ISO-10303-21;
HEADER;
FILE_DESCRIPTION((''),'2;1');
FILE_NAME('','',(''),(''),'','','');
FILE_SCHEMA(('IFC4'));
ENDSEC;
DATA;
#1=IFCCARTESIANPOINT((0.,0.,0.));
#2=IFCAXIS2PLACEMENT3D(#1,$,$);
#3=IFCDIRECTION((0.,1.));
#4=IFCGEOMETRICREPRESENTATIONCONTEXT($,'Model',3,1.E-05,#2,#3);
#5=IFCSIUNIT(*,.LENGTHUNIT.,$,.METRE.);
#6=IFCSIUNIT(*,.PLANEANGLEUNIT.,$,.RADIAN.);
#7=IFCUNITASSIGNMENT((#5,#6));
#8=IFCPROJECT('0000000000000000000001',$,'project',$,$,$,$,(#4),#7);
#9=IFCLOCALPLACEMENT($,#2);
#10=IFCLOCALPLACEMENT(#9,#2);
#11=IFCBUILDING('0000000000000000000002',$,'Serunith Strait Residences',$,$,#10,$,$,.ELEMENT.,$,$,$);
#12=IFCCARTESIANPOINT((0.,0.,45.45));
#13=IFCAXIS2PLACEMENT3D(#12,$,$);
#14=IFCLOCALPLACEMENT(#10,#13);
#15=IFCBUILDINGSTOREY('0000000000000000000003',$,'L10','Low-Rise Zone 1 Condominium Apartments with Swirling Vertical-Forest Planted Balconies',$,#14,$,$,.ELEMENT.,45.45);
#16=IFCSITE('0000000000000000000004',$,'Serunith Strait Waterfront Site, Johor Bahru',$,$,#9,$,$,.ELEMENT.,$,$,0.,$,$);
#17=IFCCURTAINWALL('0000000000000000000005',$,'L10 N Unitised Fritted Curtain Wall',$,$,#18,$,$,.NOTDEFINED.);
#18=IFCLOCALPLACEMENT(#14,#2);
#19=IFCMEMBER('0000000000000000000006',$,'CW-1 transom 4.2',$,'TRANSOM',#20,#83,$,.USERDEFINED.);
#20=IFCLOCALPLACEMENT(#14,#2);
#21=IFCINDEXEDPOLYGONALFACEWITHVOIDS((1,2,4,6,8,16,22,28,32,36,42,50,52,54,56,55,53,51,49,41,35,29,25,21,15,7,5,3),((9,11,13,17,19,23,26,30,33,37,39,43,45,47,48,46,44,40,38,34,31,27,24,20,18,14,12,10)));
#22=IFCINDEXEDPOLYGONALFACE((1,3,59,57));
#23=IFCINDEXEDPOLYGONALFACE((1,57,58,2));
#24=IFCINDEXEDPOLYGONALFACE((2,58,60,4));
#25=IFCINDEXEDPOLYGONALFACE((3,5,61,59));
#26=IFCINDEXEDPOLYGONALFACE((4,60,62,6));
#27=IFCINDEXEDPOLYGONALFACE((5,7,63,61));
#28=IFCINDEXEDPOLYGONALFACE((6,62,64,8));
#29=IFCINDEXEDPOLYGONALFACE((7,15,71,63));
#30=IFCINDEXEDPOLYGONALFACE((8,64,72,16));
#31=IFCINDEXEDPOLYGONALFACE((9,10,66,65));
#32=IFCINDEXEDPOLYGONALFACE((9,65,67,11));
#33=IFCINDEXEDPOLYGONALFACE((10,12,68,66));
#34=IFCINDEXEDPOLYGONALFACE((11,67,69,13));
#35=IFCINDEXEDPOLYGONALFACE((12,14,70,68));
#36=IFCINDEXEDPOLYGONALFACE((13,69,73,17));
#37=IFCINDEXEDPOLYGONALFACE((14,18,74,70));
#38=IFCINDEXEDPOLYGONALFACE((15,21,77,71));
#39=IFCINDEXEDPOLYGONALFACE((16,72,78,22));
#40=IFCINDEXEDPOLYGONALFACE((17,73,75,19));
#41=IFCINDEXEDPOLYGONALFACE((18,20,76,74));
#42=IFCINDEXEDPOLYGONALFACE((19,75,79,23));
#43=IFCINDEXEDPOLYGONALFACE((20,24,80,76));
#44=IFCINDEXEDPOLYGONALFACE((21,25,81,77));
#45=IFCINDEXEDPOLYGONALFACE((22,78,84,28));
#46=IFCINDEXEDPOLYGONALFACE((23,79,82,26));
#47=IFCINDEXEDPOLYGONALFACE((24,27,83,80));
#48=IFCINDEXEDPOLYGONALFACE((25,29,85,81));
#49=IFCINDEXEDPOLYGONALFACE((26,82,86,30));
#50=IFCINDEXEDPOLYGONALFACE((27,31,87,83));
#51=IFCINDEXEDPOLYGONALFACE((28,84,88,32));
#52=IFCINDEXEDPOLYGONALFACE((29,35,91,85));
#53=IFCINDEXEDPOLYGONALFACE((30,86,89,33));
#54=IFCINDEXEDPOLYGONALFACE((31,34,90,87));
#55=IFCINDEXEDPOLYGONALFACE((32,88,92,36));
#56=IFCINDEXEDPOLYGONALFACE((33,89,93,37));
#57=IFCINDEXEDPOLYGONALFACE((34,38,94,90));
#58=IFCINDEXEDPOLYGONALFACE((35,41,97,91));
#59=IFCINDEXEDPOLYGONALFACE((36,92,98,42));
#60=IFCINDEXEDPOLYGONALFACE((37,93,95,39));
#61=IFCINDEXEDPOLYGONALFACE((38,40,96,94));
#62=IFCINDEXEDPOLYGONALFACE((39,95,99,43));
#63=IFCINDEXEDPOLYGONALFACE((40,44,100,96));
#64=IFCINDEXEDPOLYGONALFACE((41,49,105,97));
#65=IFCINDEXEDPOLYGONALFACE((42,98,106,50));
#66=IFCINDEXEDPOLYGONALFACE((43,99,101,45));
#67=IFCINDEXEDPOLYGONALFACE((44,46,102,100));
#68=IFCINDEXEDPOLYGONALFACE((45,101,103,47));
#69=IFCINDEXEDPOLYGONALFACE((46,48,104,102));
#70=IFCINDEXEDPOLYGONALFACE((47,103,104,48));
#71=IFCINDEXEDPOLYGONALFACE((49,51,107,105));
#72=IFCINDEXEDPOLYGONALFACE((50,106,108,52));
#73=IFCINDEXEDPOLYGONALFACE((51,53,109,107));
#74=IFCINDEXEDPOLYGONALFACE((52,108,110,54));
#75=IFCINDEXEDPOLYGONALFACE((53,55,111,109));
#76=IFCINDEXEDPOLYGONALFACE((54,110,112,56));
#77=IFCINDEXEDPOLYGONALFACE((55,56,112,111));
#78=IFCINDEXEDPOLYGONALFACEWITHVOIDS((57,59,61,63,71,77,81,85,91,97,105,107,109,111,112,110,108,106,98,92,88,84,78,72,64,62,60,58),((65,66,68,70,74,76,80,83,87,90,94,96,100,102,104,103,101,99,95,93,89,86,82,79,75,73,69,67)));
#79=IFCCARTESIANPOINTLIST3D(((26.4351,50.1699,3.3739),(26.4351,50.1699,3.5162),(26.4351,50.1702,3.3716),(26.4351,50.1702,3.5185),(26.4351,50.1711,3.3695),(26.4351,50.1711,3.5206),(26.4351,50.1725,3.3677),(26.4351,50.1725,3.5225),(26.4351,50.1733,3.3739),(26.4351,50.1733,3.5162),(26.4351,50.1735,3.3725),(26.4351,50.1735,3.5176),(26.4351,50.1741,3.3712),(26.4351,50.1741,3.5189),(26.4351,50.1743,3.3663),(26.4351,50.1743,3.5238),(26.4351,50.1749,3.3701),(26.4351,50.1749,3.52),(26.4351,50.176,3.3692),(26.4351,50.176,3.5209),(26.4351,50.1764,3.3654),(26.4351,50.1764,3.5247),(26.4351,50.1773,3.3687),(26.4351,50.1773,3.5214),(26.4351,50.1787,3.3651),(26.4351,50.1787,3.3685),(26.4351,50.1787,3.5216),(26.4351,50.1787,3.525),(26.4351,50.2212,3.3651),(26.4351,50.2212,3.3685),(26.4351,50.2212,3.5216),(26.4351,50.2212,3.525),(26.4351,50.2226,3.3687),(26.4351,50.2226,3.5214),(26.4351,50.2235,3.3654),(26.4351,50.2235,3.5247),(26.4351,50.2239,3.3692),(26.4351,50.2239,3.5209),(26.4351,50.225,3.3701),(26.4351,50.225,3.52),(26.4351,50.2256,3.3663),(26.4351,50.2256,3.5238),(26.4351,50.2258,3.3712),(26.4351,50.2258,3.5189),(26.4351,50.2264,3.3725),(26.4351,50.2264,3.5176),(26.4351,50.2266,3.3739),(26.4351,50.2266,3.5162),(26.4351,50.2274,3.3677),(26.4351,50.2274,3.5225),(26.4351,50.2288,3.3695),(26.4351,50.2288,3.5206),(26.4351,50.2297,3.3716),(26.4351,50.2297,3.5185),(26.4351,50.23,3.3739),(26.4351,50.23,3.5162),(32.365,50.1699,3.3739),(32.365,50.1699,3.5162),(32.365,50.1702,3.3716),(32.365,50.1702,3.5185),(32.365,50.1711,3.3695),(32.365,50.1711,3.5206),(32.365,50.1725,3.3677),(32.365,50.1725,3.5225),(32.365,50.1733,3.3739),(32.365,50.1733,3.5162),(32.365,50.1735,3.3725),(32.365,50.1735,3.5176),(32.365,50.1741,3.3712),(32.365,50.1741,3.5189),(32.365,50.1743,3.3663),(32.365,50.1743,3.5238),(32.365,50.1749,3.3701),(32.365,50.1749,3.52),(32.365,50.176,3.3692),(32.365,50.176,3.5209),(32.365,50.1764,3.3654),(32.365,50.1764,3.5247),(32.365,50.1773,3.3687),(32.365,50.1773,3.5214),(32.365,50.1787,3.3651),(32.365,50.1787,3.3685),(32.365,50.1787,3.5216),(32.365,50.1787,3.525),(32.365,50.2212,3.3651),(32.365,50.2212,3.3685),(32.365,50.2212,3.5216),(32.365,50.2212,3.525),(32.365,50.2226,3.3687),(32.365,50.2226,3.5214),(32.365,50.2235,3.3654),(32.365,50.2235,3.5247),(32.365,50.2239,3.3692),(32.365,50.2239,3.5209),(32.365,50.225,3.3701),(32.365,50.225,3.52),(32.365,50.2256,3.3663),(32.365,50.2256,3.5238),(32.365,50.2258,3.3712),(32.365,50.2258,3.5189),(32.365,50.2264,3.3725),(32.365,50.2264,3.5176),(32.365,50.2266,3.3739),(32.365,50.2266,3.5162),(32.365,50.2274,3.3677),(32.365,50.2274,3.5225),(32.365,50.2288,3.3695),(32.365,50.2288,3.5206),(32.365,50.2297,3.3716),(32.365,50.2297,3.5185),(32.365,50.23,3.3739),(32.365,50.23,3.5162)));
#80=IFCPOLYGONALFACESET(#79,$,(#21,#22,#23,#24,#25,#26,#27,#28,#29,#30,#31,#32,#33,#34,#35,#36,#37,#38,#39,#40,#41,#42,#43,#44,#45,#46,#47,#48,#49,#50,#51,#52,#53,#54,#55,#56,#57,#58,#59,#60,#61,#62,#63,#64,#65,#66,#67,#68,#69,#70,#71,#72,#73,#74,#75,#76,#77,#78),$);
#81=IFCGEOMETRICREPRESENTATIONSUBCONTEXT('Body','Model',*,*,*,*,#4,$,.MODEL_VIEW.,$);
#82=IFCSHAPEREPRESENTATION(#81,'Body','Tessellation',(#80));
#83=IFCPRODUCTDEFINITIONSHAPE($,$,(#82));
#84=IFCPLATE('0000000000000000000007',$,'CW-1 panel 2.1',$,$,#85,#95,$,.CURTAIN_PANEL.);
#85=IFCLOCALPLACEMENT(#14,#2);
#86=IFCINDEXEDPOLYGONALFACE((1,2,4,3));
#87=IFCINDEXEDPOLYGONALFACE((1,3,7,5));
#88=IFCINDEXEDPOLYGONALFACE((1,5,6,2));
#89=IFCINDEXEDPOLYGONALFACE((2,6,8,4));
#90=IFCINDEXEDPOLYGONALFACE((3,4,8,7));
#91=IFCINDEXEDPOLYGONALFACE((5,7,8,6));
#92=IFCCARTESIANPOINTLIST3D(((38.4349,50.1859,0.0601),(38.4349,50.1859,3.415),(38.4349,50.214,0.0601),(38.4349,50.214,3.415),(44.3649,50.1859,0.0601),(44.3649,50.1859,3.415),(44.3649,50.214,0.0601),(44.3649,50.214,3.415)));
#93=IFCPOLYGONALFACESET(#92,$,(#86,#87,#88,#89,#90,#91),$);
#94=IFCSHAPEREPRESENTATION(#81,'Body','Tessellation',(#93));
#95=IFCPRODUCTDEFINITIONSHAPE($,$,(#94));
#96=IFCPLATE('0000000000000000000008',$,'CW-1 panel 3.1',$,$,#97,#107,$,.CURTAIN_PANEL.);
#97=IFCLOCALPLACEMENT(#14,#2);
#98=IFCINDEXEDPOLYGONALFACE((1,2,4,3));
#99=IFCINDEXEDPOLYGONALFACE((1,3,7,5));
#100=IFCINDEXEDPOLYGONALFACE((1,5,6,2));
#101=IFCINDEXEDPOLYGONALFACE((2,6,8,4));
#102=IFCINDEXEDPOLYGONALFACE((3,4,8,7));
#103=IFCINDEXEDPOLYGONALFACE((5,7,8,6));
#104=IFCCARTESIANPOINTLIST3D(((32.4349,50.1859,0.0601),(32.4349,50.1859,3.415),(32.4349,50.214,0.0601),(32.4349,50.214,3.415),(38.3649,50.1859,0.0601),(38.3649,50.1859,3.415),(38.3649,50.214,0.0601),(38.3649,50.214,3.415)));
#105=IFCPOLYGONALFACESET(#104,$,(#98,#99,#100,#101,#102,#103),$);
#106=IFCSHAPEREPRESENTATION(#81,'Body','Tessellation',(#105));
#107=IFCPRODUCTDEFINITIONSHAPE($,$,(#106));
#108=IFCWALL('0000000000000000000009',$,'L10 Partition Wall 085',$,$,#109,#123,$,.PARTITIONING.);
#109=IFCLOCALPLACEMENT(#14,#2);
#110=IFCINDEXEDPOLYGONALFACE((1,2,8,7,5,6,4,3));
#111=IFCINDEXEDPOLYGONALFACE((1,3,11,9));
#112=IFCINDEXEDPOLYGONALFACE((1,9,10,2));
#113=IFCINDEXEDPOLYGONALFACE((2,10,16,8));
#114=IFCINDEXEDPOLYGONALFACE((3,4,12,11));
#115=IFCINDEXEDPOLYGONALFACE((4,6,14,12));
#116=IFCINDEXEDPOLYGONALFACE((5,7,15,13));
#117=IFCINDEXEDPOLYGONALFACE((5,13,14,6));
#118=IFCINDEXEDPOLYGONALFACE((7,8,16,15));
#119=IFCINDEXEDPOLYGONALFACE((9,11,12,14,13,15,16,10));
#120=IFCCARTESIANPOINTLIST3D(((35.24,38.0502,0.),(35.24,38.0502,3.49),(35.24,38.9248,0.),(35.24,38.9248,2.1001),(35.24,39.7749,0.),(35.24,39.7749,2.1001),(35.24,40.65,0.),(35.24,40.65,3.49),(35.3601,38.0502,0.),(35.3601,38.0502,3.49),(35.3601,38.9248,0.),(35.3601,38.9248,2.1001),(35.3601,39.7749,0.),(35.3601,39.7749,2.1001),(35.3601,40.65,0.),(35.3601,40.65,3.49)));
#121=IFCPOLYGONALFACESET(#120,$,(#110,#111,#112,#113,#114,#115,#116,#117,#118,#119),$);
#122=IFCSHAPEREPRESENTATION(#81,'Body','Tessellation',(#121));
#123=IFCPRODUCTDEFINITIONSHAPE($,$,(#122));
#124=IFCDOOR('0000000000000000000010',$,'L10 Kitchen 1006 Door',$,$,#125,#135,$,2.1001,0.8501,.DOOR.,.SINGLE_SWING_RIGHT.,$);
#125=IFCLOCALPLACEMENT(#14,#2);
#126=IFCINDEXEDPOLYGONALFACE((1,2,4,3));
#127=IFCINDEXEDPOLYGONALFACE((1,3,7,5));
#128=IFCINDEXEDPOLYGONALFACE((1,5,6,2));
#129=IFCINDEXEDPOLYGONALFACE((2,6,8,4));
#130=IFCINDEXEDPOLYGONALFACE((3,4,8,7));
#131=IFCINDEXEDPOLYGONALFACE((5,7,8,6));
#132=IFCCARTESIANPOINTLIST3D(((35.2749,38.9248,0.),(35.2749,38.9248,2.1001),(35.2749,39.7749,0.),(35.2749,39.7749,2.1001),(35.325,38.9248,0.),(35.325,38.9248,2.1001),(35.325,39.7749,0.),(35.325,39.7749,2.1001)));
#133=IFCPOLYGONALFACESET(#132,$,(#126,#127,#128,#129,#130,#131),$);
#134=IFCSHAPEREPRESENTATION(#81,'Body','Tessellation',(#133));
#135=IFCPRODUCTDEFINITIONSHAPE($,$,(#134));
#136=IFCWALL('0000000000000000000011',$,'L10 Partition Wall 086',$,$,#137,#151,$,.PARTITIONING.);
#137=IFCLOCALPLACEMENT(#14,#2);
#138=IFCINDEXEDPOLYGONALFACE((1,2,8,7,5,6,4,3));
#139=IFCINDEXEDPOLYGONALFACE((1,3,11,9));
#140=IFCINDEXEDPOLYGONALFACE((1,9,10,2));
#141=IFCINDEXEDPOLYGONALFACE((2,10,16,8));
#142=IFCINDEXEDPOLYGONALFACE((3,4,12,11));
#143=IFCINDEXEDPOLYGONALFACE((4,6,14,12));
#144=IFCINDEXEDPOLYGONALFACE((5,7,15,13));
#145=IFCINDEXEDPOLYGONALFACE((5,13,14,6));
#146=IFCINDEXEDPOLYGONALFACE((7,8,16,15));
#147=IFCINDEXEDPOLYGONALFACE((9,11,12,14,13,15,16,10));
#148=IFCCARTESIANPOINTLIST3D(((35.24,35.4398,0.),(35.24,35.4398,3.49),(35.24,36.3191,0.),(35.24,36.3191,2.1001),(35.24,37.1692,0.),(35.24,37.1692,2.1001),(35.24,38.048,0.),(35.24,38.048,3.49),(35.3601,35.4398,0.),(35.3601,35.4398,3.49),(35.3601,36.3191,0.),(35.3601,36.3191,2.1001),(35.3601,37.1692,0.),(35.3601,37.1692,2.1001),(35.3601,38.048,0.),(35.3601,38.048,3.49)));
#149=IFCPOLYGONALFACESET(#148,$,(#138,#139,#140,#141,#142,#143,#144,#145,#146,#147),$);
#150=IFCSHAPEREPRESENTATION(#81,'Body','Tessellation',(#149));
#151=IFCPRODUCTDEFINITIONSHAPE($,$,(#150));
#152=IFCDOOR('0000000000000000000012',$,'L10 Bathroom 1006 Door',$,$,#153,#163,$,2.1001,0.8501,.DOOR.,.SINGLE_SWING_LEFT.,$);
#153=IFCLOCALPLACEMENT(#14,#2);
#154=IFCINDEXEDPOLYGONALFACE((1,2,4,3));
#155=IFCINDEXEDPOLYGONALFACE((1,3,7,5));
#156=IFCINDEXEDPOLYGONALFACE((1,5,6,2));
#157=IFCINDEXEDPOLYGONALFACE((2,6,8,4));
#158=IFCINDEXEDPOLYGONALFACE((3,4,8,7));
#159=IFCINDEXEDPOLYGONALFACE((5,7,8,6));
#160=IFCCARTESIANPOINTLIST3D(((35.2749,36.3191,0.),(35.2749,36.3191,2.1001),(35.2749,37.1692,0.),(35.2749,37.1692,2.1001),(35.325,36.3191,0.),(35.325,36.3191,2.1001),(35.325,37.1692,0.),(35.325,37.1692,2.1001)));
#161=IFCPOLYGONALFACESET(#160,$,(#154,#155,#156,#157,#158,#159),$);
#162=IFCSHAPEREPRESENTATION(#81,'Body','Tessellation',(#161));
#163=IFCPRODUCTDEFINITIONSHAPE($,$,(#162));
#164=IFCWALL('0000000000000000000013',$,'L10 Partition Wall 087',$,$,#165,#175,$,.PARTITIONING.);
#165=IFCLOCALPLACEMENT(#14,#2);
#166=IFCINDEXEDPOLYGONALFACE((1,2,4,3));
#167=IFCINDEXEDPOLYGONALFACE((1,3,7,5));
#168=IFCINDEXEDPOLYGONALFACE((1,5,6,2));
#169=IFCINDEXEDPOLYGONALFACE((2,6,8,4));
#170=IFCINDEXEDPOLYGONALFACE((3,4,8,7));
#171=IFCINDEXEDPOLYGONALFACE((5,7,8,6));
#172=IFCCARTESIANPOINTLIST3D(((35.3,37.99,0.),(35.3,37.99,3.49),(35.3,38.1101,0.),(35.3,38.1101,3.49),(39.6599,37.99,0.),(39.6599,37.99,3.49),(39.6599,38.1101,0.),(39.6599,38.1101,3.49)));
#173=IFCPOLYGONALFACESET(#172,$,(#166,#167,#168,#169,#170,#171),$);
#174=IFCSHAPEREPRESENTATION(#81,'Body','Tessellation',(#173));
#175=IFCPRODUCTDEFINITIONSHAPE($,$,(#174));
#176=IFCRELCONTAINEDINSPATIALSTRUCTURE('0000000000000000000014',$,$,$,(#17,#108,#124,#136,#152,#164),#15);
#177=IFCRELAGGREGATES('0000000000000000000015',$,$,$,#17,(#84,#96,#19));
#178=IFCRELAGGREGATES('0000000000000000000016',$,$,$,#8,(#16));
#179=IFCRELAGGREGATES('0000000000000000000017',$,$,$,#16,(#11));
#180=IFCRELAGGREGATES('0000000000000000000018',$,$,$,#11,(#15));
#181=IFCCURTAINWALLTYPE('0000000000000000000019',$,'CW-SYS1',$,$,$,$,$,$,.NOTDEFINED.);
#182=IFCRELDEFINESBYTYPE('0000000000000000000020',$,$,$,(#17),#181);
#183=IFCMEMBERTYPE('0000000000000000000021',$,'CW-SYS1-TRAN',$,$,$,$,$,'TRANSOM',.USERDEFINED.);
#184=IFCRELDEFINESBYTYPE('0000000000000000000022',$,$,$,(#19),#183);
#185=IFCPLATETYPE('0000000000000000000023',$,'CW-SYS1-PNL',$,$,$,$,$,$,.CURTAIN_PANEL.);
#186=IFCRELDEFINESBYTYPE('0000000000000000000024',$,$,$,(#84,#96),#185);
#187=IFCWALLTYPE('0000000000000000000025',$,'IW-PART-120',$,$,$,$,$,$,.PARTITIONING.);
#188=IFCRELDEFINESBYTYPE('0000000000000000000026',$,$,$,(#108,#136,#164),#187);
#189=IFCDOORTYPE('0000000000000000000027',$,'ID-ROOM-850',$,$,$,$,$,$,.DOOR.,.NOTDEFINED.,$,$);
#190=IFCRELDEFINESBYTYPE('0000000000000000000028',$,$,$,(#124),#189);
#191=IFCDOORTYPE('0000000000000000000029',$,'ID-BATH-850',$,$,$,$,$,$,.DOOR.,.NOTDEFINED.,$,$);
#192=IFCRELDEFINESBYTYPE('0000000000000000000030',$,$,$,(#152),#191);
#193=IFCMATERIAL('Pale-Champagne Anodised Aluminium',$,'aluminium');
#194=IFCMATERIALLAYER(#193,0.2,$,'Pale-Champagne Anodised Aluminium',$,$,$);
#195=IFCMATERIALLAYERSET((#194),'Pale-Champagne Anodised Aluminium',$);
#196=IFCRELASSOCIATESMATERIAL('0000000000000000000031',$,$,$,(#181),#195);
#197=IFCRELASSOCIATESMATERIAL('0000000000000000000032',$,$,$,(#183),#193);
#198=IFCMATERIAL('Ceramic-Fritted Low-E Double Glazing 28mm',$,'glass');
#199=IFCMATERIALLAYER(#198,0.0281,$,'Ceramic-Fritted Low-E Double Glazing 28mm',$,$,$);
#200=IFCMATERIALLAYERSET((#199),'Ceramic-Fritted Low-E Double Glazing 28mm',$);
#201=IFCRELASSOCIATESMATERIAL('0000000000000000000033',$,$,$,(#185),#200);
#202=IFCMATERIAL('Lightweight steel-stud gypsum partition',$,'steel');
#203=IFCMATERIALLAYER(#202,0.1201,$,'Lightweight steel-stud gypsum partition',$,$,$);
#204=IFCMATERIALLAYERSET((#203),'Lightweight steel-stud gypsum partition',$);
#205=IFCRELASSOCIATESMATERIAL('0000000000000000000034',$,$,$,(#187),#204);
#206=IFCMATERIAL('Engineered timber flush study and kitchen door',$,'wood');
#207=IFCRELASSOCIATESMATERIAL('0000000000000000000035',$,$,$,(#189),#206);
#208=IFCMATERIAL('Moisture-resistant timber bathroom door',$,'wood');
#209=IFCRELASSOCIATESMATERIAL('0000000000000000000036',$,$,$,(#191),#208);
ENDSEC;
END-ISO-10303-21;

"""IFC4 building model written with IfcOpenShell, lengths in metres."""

from ifc_helpers import new_model, si_unit, direction, frame, frame_2d, origin, origin_2d, place, context, subcontext, project, spatial, rectangle, hollow_rectangle, extrude, source, transform, mapped, material, layer, layer_set, material_profile, profile_set, type_object, element, fill, aggregate, save


model = new_model("IFC4")

# Units and contexts
model_context = context("Model", 3, precision=1e-05, world=origin(), true_north=direction((0.0, 1.0)))
body_context = subcontext(model_context, "Body", "Model", "MODEL_VIEW")
ifc_project = project(units=[si_unit("LENGTHUNIT", "METRE"), si_unit("PLANEANGLEUNIT", "RADIAN")], contexts=[model_context])

# Site, building, storey
site_placement = place(None, origin())
site = spatial("IfcSite", under=ifc_project, at=site_placement, Name="Serunith Strait Waterfront Site, Johor Bahru", CompositionType="ELEMENT", RefElevation=0.0)
building_placement = place(site_placement, origin())
building = spatial("IfcBuilding", under=site, at=building_placement, Name="Serunith Strait Residences", CompositionType="ELEMENT")
storey_placement = place(building_placement, frame((0.0, 0.0, 45.45)))
storey = spatial("IfcBuildingStorey", under=building, at=storey_placement, Name="L10", Description="Low-Rise Zone 1 Condominium Apartments with Swirling Vertical-Forest Planted Balconies", CompositionType="ELEMENT", Elevation=45.45)

# Curtain wall, member, plates
ifc_material_1 = material(Name="Pale-Champagne Anodised Aluminium", Category="aluminium")
ifc_layer_1 = layer(ifc_material_1, 0.2, Name="Pale-Champagne Anodised Aluminium")
ifc_layer_set_1 = layer_set([ifc_layer_1], Name="Pale-Champagne Anodised Aluminium")
curtain_wall_type = type_object("IfcCurtainWallType", Name="CW-SYS1", PredefinedType="NOTDEFINED", material=ifc_layer_set_1)
curtain_wall_placement = place(storey_placement, origin())
curtain_wall = element("IfcCurtainWall", 1, at=curtain_wall_placement, inside=storey, type_object=curtain_wall_type, Name="L10 N Unitised Fritted Curtain Wall", PredefinedType="NOTDEFINED")
ifc_material_profile_1 = material_profile(ifc_material_1, hollow_rectangle(XDim=0.0601, YDim=0.1599, WallThickness=0.0034, InnerFilletRadius=0.0054, OuterFilletRadius=0.0088, at=origin_2d()), Name="ALU 160x60x3.5")
ifc_profile_set_1 = profile_set([ifc_material_profile_1], Name="Pale-Champagne Anodised Aluminium")
member_type_1 = type_object("IfcMemberType", Name="CW-SYS1-TRAN", ElementType="TRANSOM", PredefinedType="USERDEFINED", material=ifc_profile_set_1)
shared_shape_1 = source(origin(), body_context, "Body", "SweptSolid", [
    extrude(hollow_rectangle(XDim=0.0601, YDim=0.1599, WallThickness=0.0034, InnerFilletRadius=0.0054, OuterFilletRadius=0.0088, at=origin_2d()), origin(), (0.0, 0.0, 1.0), 5.9299),
])
member_1_placement = place(storey_placement, frame((32.365, 50.2, 3.4451), z_axis=(-1.0, 0.0, 0.0), x_axis=(0.0, -1.0, 0.0)))
member_1 = element("IfcMember", 2, at=member_1_placement, type_object=member_type_1, Name="CW-1 transom 4.2", ObjectType="TRANSOM", PredefinedType="USERDEFINED", context=body_context, shape_type="MappedRepresentation", body=[
    mapped(shared_shape_1, transform((0.0, 0.0, 0.0), scale=1.0)),
])
ifc_material_2 = material(Name="Ceramic-Fritted Low-E Double Glazing 28mm", Category="glass")
ifc_layer_2 = layer(ifc_material_2, 0.0281, Name="Ceramic-Fritted Low-E Double Glazing 28mm")
ifc_layer_set_2 = layer_set([ifc_layer_2], Name="Ceramic-Fritted Low-E Double Glazing 28mm")
plate_type = type_object("IfcPlateType", Name="CW-SYS1-PNL", PredefinedType="CURTAIN_PANEL", material=ifc_layer_set_2)
shared_shape_2 = source(origin(), body_context, "Body", "SweptSolid", [
    extrude(rectangle(XDim=5.9299, YDim=0.0281, at=origin_2d()), origin(), (0.0, 0.0, 1.0), 3.355),
])
plate_1_placement = place(storey_placement, frame((41.3999, 50.2, 0.0601), z_axis=(0.0, 0.0, 1.0), x_axis=(-1.0, 0.0, 0.0)))
plate_1 = element("IfcPlate", 3, at=plate_1_placement, type_object=plate_type, Name="CW-1 panel 2.1", PredefinedType="CURTAIN_PANEL", context=body_context, shape_type="MappedRepresentation", body=[
    mapped(shared_shape_2, transform((0.0, 0.0, 0.0), scale=1.0)),
])
plate_2_placement = place(storey_placement, frame((35.3999, 50.2, 0.0601), z_axis=(0.0, 0.0, 1.0), x_axis=(-1.0, 0.0, 0.0)))
plate_2 = element("IfcPlate", 4, at=plate_2_placement, type_object=plate_type, Name="CW-1 panel 3.1", PredefinedType="CURTAIN_PANEL", context=body_context, shape_type="MappedRepresentation", body=[
    mapped(shared_shape_2, transform((0.0, 0.0, 0.0), scale=1.0)),
])
aggregate(curtain_wall, [plate_1, plate_2, member_1])

# Walls, openings, doors
ifc_material_3 = material(Name="Lightweight steel-stud gypsum partition", Category="steel")
ifc_layer_3 = layer(ifc_material_3, 0.1201, Name="Lightweight steel-stud gypsum partition")
ifc_layer_set_3 = layer_set([ifc_layer_3], Name="Lightweight steel-stud gypsum partition")
wall_type_1 = type_object("IfcWallType", Name="IW-PART-120", PredefinedType="PARTITIONING", material=ifc_layer_set_3)
wall_1_placement = place(storey_placement, frame((35.3, 40.6499, 0.0), z_axis=(0.0, 0.0, 1.0), x_axis=(0.0, -1.0, 0.0)))
wall_1 = element("IfcWall", 5, at=wall_1_placement, inside=storey, type_object=wall_type_1, Name="L10 Partition Wall 085", PredefinedType="PARTITIONING", context=body_context, shape_type="SweptSolid", body=[
    extrude(rectangle(XDim=2.5999, YDim=0.1201, at=frame_2d((1.2998, 0.0))), origin(), (0.0, 0.0, 1.0), 3.49),
])
opening_1_placement = place(wall_1_placement, frame((0.875, 0.0, 0.0)))
opening_1 = element("IfcOpeningElement", 6, at=opening_1_placement, cuts=wall_1, PredefinedType="OPENING", context=body_context, shape_type="SweptSolid", body=[
    extrude(rectangle(XDim=0.8501, YDim=2.1001, at=frame_2d((0.425, 1.05))), frame((0.0, 0.0701, 0.0), z_axis=(0.0, -1.0, 0.0), x_axis=(1.0, 0.0, 0.0)), (0.0, 0.0, 1.0), 0.1401),
])
ifc_material_4 = material(Name="Engineered timber flush study and kitchen door", Category="wood")
door_type_1 = type_object("IfcDoorType", Name="ID-ROOM-850", OperationType="NOTDEFINED", PredefinedType="DOOR", material=ifc_material_4)
shared_shape_3 = source(origin(), body_context, "Body", "SweptSolid", [
    extrude(rectangle(XDim=0.8501, YDim=2.1001, at=frame_2d((0.425, 1.05))), frame((0.0, 0.0249, 0.0), z_axis=(0.0, -1.0, 0.0), x_axis=(1.0, 0.0, 0.0)), (0.0, 0.0, 1.0), 0.05),
])
door_1_placement = place(opening_1_placement, origin())
door_1 = element("IfcDoor", 7, at=door_1_placement, inside=storey, type_object=door_type_1, Name="L10 Kitchen 1006 Door", OperationType="SINGLE_SWING_RIGHT", OverallHeight=2.1001, OverallWidth=0.8501, PredefinedType="DOOR", context=body_context, shape_type="MappedRepresentation", body=[
    mapped(shared_shape_3, transform((0.0, 0.0, 0.0), scale=1.0)),
])
fill(opening_1, door_1)
wall_2_placement = place(storey_placement, frame((35.3, 38.0481, 0.0), z_axis=(0.0, 0.0, 1.0), x_axis=(0.0, -1.0, 0.0)))
wall_2 = element("IfcWall", 8, at=wall_2_placement, inside=storey, type_object=wall_type_1, Name="L10 Partition Wall 086", PredefinedType="PARTITIONING", context=body_context, shape_type="SweptSolid", body=[
    extrude(rectangle(XDim=2.6082, YDim=0.1201, at=frame_2d((1.3042, 0.0))), origin(), (0.0, 0.0, 1.0), 3.49),
])
opening_2_placement = place(wall_2_placement, frame((0.8789, 0.0, 0.0)))
opening_2 = element("IfcOpeningElement", 9, at=opening_2_placement, cuts=wall_2, PredefinedType="OPENING", context=body_context, shape_type="SweptSolid", body=[
    extrude(rectangle(XDim=0.8501, YDim=2.1001, at=frame_2d((0.425, 1.05))), frame((0.0, 0.0701, 0.0), z_axis=(0.0, -1.0, 0.0), x_axis=(1.0, 0.0, 0.0)), (0.0, 0.0, 1.0), 0.1401),
])
ifc_material_5 = material(Name="Moisture-resistant timber bathroom door", Category="wood")
door_type_2 = type_object("IfcDoorType", Name="ID-BATH-850", OperationType="NOTDEFINED", PredefinedType="DOOR", material=ifc_material_5)
door_2_placement = place(opening_2_placement, origin())
door_2 = element("IfcDoor", 10, at=door_2_placement, inside=storey, type_object=door_type_2, Name="L10 Bathroom 1006 Door", OperationType="SINGLE_SWING_LEFT", OverallHeight=2.1001, OverallWidth=0.8501, PredefinedType="DOOR", context=body_context, shape_type="MappedRepresentation", body=[
    mapped(shared_shape_3, transform((0.0, 0.0, 0.0), scale=1.0)),
])
fill(opening_2, door_2)

# Wall
for number, where, z_axis, x_axis, name in (
    (11, (35.3, 38.05, 0.0), (0.0, 0.0, 1.0), (1.0, 0.0, 0.0), "L10 Partition Wall 087"),
):
    element("IfcWall", number, at=place(storey_placement, frame(where, z_axis=z_axis, x_axis=x_axis)), inside=storey, type_object=wall_type_1, Name=name, PredefinedType="PARTITIONING", context=body_context, shape_type="SweptSolid", body=[
        extrude(rectangle(XDim=4.3599, YDim=0.1201, at=frame_2d((2.1799, 0.0))), origin(), (0.0, 0.0, 1.0), 3.49),
    ])

save(model, "model.ifc")
